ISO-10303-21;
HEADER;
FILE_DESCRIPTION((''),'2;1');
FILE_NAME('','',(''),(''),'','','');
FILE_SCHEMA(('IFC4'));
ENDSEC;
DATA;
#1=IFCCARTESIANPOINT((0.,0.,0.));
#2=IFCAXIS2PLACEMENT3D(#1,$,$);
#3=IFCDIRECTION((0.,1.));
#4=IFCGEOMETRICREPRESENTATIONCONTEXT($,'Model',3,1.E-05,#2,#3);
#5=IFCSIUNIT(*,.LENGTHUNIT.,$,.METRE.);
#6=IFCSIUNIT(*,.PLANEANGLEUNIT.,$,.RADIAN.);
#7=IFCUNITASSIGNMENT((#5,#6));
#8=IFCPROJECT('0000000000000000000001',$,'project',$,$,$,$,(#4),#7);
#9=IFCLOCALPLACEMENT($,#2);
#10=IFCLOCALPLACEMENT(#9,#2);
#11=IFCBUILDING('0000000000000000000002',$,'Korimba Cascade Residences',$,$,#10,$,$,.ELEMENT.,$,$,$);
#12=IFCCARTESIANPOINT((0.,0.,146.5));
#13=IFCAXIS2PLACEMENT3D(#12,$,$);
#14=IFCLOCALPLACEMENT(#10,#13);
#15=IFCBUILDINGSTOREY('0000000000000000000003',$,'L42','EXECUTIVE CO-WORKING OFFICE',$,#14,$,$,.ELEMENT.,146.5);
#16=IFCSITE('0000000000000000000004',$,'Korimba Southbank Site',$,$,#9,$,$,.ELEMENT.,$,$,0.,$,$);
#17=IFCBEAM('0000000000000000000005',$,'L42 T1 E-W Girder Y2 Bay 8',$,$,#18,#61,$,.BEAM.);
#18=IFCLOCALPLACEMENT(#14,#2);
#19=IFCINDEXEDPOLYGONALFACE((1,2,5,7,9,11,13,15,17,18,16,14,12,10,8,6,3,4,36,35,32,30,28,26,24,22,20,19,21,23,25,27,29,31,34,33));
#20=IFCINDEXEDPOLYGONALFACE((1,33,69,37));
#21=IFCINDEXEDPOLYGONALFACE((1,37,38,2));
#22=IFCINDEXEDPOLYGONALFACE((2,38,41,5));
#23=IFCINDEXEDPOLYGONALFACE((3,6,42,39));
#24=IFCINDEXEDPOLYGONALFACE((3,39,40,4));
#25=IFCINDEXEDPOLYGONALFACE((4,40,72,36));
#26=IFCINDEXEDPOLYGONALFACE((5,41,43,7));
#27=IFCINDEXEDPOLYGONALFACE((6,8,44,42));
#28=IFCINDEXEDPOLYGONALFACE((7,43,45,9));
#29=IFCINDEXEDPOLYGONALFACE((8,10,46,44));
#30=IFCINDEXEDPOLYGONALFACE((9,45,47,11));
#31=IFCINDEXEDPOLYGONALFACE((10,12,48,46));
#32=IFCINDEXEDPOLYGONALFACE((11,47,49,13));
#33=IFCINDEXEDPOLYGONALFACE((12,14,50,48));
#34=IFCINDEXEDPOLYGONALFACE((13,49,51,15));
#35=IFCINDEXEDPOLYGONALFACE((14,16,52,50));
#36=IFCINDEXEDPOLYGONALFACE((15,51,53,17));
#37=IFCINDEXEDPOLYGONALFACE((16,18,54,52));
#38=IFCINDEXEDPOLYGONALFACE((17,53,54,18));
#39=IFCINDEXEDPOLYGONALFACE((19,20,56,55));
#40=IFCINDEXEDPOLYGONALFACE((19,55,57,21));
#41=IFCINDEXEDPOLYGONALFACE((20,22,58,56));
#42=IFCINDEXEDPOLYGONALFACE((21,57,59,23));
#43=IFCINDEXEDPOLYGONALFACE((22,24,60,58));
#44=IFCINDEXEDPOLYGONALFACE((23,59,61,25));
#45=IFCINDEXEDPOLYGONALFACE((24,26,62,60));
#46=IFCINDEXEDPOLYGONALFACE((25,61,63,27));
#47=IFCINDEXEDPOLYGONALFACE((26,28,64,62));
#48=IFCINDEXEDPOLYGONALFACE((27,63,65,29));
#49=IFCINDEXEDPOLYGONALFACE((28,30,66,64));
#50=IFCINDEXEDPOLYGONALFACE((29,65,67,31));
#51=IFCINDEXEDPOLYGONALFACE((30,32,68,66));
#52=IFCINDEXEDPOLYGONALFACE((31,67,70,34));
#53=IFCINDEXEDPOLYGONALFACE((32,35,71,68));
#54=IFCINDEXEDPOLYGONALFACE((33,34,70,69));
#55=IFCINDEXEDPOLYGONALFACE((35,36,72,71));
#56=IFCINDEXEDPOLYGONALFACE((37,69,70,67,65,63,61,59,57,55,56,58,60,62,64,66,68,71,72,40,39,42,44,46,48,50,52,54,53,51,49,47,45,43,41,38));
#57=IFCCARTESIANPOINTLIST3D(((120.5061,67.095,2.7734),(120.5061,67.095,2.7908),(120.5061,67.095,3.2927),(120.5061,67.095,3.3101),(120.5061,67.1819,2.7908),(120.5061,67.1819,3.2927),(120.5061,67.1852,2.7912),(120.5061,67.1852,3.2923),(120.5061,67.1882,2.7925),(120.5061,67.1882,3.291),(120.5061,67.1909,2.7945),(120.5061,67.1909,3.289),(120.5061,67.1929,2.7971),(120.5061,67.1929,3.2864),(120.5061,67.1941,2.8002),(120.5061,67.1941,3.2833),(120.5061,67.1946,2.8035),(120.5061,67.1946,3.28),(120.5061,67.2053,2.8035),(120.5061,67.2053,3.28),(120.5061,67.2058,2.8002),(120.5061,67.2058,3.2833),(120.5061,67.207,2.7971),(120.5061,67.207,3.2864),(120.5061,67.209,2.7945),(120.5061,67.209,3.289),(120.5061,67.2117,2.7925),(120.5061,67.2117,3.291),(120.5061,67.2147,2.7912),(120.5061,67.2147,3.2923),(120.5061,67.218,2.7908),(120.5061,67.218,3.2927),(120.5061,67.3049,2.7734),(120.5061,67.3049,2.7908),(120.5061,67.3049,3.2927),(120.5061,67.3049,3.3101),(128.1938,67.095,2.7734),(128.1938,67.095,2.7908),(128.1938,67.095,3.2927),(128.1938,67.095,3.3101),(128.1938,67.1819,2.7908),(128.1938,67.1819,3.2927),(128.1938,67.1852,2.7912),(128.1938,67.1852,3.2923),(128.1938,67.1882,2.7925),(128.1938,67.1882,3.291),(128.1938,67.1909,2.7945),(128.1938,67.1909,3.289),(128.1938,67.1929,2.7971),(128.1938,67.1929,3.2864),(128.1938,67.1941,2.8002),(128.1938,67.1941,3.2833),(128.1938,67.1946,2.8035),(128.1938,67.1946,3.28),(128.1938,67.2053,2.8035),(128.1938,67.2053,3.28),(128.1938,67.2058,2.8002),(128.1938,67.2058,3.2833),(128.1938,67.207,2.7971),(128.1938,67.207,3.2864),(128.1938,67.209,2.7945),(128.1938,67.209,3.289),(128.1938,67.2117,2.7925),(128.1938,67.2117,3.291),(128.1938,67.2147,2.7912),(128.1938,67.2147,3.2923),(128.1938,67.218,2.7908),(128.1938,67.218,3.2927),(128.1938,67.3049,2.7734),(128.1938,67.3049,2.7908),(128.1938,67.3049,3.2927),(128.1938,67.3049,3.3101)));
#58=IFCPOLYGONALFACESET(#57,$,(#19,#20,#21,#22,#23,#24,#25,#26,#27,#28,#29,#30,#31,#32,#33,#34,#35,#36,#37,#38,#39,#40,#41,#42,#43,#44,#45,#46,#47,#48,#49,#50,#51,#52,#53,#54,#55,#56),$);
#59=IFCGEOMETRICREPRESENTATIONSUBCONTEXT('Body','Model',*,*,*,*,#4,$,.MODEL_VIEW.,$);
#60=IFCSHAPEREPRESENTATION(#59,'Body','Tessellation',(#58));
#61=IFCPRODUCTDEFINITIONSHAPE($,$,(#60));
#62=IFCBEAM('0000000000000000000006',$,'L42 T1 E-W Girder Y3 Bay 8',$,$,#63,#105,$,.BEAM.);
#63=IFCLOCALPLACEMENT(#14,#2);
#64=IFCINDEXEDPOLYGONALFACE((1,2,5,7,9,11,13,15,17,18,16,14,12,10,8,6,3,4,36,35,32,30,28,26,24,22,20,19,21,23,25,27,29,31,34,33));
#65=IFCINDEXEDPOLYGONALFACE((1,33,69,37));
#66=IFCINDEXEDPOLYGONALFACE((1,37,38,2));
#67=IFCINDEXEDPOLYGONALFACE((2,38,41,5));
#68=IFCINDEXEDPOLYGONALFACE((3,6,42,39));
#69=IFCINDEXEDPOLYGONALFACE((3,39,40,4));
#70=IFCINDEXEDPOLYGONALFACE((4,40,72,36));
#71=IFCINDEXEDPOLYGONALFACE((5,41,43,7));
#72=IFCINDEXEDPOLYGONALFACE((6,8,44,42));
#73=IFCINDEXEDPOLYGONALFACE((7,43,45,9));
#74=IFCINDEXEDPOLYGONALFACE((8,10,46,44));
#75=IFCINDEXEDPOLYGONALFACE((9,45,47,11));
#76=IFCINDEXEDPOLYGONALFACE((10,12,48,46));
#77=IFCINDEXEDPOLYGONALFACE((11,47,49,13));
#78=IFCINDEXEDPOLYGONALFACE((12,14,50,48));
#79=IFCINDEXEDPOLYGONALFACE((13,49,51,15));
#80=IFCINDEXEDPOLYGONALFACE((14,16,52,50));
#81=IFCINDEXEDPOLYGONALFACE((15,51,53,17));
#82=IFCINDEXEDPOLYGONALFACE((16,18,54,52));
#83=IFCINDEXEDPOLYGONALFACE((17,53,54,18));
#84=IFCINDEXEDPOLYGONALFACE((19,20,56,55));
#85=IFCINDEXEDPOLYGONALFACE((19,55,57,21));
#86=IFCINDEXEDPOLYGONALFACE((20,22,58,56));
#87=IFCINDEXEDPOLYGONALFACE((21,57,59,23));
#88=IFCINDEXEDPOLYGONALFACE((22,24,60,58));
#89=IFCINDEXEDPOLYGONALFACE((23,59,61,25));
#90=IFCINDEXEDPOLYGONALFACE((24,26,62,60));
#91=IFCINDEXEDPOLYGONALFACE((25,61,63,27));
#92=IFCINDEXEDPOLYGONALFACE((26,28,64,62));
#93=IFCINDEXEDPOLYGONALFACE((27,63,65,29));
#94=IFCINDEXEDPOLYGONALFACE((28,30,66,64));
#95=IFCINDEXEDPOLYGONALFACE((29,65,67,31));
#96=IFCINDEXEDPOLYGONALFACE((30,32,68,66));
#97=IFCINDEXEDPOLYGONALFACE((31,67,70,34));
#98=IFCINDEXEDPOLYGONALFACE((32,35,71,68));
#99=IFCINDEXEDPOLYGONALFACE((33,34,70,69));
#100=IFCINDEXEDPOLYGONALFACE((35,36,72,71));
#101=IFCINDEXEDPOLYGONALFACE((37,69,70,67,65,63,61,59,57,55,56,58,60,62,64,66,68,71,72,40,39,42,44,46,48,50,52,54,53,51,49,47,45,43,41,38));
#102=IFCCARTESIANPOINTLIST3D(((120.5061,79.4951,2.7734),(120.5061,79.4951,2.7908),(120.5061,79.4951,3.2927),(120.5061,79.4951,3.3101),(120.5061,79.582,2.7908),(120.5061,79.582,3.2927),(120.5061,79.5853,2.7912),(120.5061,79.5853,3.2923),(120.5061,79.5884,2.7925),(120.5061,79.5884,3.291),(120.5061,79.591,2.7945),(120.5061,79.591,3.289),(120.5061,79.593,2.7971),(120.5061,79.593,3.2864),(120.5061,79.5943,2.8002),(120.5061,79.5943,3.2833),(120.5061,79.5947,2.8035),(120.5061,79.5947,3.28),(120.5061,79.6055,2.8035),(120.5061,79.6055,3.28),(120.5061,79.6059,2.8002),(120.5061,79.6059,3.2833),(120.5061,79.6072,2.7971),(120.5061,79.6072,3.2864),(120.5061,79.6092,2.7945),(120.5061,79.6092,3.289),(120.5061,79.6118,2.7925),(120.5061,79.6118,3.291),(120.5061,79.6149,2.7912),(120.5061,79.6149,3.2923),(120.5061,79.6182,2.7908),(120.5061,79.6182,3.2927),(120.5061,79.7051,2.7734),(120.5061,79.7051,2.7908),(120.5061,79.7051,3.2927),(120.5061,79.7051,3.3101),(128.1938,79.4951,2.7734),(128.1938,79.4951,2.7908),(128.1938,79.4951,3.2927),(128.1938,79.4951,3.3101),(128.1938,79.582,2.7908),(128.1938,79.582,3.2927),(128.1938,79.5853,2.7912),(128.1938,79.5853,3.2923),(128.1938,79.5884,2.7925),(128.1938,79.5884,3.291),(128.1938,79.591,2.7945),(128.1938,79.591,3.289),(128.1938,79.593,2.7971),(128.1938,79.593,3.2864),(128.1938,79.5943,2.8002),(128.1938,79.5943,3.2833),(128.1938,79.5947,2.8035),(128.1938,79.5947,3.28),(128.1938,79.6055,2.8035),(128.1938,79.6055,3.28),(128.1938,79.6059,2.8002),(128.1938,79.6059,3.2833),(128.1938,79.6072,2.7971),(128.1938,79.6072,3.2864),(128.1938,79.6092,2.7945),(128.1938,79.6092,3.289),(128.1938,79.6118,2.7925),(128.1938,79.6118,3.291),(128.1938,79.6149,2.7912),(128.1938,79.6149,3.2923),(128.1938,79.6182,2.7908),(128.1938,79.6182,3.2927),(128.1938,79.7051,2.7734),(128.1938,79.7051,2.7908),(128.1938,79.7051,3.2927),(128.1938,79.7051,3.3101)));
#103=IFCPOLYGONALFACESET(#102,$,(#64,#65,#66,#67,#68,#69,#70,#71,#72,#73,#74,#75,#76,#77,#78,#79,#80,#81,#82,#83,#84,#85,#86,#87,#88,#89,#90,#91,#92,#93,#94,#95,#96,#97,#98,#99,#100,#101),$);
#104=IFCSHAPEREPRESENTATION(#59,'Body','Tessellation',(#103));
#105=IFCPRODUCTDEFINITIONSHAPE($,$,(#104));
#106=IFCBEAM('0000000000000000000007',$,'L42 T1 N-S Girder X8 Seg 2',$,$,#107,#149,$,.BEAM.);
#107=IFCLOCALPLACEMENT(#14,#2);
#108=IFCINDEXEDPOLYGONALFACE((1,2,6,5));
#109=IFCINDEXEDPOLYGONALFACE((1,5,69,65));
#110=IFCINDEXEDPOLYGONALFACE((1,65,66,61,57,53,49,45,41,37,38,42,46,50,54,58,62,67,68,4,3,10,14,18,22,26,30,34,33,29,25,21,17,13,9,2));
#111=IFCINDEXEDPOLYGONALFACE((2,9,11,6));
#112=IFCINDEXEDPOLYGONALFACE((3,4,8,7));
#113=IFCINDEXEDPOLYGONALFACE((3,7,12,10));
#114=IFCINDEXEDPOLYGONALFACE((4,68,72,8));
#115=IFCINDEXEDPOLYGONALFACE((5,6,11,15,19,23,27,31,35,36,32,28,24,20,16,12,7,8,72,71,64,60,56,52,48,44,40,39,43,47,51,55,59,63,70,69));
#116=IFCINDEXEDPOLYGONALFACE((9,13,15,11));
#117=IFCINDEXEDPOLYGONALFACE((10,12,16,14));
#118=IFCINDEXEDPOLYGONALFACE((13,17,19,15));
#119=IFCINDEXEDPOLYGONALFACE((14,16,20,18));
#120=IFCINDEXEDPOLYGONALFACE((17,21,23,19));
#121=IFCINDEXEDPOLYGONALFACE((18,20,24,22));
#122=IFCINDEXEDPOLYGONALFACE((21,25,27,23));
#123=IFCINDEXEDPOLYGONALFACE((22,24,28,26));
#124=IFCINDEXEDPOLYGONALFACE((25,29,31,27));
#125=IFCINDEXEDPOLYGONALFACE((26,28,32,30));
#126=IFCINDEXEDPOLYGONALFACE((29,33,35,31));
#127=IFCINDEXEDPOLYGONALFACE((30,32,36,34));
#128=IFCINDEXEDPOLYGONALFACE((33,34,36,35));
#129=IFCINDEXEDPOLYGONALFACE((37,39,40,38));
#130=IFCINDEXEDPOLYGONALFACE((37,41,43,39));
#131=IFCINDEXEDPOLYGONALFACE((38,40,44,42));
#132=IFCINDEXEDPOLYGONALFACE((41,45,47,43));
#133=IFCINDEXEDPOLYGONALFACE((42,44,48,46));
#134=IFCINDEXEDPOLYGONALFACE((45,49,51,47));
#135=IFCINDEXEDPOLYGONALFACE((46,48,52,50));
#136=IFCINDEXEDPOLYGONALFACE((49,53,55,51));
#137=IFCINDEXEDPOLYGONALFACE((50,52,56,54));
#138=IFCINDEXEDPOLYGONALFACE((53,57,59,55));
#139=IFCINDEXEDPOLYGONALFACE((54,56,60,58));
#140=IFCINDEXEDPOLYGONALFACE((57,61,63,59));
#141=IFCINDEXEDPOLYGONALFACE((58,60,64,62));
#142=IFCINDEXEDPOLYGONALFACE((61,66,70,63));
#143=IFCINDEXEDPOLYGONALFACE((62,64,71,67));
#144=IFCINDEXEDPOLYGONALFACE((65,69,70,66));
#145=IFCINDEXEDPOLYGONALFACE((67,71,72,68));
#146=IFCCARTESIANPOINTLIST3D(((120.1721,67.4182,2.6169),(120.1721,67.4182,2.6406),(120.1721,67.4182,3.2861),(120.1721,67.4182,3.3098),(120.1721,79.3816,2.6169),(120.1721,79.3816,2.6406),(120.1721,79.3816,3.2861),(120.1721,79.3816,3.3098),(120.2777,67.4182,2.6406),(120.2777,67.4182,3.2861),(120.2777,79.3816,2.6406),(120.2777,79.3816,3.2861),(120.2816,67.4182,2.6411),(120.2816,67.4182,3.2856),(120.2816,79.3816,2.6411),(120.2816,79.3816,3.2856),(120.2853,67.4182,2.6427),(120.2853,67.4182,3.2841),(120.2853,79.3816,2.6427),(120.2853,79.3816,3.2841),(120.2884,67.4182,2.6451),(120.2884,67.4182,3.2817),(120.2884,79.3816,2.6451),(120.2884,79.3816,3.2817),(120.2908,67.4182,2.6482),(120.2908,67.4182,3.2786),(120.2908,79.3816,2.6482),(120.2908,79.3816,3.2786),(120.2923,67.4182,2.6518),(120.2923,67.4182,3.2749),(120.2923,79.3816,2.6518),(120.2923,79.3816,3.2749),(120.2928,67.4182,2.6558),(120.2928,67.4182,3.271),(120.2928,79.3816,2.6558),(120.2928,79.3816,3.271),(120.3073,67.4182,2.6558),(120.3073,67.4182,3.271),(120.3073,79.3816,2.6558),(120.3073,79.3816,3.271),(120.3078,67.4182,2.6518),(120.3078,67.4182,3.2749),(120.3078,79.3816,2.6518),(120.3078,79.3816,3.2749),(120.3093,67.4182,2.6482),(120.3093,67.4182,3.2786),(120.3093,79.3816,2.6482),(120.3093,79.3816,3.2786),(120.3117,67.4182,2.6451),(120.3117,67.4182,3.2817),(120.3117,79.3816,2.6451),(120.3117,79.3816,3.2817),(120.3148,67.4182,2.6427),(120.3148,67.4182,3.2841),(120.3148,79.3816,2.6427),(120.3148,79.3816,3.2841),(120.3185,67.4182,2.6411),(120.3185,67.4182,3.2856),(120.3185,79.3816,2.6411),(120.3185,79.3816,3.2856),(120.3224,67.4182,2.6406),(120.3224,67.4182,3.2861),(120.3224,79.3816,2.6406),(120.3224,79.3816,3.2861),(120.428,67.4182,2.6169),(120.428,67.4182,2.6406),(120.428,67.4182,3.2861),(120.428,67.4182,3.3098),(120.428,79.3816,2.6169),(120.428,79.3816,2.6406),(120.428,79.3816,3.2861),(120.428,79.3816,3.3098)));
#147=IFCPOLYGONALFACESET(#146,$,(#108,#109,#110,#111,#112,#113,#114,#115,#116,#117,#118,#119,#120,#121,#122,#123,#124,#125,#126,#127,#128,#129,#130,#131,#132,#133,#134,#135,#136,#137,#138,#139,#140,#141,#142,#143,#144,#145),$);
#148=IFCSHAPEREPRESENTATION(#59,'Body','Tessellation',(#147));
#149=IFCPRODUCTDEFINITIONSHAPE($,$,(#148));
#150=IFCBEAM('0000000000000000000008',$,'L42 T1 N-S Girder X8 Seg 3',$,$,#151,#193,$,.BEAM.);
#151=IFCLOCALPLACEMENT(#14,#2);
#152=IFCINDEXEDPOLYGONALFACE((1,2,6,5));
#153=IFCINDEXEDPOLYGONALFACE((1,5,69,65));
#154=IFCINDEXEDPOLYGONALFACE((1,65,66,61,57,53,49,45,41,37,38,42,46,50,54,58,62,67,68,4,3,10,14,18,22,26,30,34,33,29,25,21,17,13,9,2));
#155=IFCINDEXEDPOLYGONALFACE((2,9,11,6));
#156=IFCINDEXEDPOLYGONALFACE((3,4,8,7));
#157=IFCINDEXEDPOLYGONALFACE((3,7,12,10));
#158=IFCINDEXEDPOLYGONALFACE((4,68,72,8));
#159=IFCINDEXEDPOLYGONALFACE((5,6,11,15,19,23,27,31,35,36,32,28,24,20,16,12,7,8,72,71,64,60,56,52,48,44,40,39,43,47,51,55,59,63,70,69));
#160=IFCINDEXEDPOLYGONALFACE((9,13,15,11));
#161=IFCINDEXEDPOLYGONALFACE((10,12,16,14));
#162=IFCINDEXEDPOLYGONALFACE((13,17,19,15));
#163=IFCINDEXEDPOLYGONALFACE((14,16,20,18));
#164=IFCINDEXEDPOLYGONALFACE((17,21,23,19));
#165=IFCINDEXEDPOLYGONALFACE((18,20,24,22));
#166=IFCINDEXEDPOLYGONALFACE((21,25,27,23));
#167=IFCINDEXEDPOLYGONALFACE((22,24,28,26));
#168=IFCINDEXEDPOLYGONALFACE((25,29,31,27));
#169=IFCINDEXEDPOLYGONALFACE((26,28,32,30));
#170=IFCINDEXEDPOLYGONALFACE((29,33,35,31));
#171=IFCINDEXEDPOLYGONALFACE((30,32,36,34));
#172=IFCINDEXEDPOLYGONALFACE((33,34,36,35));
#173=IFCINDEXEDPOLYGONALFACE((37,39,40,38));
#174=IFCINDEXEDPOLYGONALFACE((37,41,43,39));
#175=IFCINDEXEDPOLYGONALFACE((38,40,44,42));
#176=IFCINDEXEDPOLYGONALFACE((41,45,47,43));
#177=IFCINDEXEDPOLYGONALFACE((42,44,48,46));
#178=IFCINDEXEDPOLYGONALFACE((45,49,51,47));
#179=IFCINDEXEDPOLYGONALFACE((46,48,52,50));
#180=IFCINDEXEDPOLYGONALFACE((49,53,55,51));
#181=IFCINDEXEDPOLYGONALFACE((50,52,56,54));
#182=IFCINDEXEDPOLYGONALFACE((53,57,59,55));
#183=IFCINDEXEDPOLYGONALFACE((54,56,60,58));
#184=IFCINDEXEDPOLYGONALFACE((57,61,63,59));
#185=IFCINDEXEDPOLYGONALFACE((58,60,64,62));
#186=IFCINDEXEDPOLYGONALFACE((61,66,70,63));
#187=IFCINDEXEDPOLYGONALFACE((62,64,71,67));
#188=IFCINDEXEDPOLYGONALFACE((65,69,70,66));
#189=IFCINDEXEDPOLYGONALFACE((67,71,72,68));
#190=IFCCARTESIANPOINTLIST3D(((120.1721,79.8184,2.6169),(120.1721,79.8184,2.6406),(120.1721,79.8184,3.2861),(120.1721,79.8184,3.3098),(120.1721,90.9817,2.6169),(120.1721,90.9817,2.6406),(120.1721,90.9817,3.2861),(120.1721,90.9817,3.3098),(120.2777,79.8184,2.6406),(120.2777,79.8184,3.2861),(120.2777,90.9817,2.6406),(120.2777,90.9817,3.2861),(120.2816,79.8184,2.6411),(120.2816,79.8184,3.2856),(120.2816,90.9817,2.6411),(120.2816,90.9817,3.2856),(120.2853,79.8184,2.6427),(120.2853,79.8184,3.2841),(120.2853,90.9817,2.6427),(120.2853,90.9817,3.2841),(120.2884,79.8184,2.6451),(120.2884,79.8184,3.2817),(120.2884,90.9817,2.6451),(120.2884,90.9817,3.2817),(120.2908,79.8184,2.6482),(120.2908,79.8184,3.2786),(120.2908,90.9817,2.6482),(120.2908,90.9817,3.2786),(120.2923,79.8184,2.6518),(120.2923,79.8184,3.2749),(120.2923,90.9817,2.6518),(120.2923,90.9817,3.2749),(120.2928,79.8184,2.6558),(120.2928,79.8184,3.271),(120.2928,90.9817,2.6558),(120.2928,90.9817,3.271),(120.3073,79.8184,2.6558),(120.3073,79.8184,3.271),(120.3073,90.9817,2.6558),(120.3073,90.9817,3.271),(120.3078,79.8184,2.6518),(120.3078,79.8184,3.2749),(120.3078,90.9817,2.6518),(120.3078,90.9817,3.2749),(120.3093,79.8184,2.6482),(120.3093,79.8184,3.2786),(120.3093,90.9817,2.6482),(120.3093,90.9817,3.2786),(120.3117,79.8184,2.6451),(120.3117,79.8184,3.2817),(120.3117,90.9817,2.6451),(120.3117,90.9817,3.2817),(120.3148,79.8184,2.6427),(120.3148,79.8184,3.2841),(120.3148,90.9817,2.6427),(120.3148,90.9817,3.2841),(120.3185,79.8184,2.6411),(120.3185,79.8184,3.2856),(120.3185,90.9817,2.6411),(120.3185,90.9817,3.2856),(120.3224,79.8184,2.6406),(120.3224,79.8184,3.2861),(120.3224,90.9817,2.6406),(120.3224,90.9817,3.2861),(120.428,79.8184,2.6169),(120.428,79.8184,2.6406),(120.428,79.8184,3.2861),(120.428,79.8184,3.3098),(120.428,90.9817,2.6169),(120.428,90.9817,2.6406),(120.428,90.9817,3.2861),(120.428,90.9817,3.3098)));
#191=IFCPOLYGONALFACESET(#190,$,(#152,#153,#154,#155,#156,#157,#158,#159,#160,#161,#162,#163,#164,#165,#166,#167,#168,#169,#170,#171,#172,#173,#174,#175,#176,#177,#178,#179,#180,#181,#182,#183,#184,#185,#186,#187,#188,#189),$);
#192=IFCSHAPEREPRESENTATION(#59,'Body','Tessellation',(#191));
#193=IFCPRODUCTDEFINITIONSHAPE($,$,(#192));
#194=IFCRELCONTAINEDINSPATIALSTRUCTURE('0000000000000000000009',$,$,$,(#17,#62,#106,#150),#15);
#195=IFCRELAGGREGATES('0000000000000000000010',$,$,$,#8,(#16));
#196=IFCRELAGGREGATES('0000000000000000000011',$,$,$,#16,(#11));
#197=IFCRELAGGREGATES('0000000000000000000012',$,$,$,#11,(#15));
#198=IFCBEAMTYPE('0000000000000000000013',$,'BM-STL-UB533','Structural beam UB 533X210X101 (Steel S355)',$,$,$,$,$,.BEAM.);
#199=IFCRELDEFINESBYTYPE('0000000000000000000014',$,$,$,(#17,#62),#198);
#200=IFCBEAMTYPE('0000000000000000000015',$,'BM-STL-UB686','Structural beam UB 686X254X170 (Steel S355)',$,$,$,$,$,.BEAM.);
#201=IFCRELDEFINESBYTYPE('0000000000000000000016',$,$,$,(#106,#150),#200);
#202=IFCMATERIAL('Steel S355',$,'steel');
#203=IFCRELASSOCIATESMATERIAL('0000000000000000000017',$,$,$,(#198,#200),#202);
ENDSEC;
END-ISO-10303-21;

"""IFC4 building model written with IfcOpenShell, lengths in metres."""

from ifc_helpers import new_model, si_unit, direction, frame, origin, origin_2d, place, context, subcontext, project, spatial, i_section, extrude, material, material_profile, profile_set, type_object, element, save


model = new_model("IFC4")

# Units and contexts
model_context = context("Model", 3, precision=1e-05, world=origin(), true_north=direction((0.0, 1.0)))
body_context = subcontext(model_context, "Body", "Model", "MODEL_VIEW")
ifc_project = project(units=[si_unit("LENGTHUNIT", "METRE"), si_unit("PLANEANGLEUNIT", "RADIAN")], contexts=[model_context])

# Site, building, storey
site_placement = place(None, origin())
site = spatial("IfcSite", under=ifc_project, at=site_placement, Name="Korimba Southbank Site", CompositionType="ELEMENT", RefElevation=0.0)
building_placement = place(site_placement, origin())
building = spatial("IfcBuilding", under=site, at=building_placement, Name="Korimba Cascade Residences", CompositionType="ELEMENT")
storey_placement = place(building_placement, frame((0.0, 0.0, 146.5)))
storey = spatial("IfcBuildingStorey", under=building, at=storey_placement, Name="L42", Description="EXECUTIVE CO-WORKING OFFICE", CompositionType="ELEMENT", Elevation=146.5)

# Beams
ifc_material_1 = material(Name="Steel S355", Category="steel")
ifc_material_profile_1 = material_profile(ifc_material_1, i_section(OverallWidth=0.21, OverallDepth=0.5366, WebThickness=0.0107, FlangeThickness=0.0173, FilletRadius=0.0127, at=origin_2d()), Name="Steel S355")
ifc_profile_set_1 = profile_set([ifc_material_profile_1], Name="Steel S355")
beam_type_1 = type_object("IfcBeamType", Name="BM-STL-UB533", Description="Structural beam UB 533X210X101 (Steel S355)", PredefinedType="BEAM", material=ifc_profile_set_1)
for number, where, z_axis, x_axis, name in (
    (1, (120.5061, 67.2, 3.0417), (1.0, 0.0, 0.0), (0.0, 1.0, 0.0), "L42 T1 E-W Girder Y2 Bay 8"),
    (2, (120.5061, 79.6001, 3.0417), (1.0, 0.0, 0.0), (0.0, 1.0, 0.0), "L42 T1 E-W Girder Y3 Bay 8"),
):
    element("IfcBeam", number, at=place(storey_placement, frame(where, z_axis=z_axis, x_axis=x_axis)), inside=storey, type_object=beam_type_1, Name=name, PredefinedType="BEAM", context=body_context, shape_type="SweptSolid", body=[
        extrude(i_section(OverallWidth=0.21, OverallDepth=0.5366, WebThickness=0.0107, FlangeThickness=0.0173, FilletRadius=0.0127, at=origin_2d()), origin(), (0.0, 0.0, 1.0), 7.6877),
    ])
ifc_material_profile_2 = material_profile(ifc_material_1, i_section(OverallWidth=0.2559, OverallDepth=0.6929, WebThickness=0.0144, FlangeThickness=0.0237, FilletRadius=0.0151, at=origin_2d()), Name="Steel S355")
ifc_profile_set_2 = profile_set([ifc_material_profile_2], Name="Steel S355")
beam_type_2 = type_object("IfcBeamType", Name="BM-STL-UB686", Description="Structural beam UB 686X254X170 (Steel S355)", PredefinedType="BEAM", material=ifc_profile_set_2)
beam_1_placement = place(storey_placement, frame((120.3, 67.4182, 2.9634), z_axis=(0.0, 1.0, 0.0), x_axis=(-1.0, 0.0, 0.0)))
element("IfcBeam", 3, at=beam_1_placement, inside=storey, type_object=beam_type_2, Name="L42 T1 N-S Girder X8 Seg 2", PredefinedType="BEAM", context=body_context, shape_type="SweptSolid", body=[
    extrude(i_section(OverallWidth=0.2559, OverallDepth=0.6929, WebThickness=0.0144, FlangeThickness=0.0237, FilletRadius=0.0151, at=origin_2d()), origin(), (0.0, 0.0, 1.0), 11.9634),
])
beam_2_placement = place(storey_placement, frame((120.3, 79.8184, 2.9634), z_axis=(0.0, 1.0, 0.0), x_axis=(-1.0, 0.0, 0.0)))
element("IfcBeam", 4, at=beam_2_placement, inside=storey, type_object=beam_type_2, Name="L42 T1 N-S Girder X8 Seg 3", PredefinedType="BEAM", context=body_context, shape_type="SweptSolid", body=[
    extrude(i_section(OverallWidth=0.2559, OverallDepth=0.6929, WebThickness=0.0144, FlangeThickness=0.0237, FilletRadius=0.0151, at=origin_2d()), origin(), (0.0, 0.0, 1.0), 11.1633),
])

save(model, "model.ifc")
